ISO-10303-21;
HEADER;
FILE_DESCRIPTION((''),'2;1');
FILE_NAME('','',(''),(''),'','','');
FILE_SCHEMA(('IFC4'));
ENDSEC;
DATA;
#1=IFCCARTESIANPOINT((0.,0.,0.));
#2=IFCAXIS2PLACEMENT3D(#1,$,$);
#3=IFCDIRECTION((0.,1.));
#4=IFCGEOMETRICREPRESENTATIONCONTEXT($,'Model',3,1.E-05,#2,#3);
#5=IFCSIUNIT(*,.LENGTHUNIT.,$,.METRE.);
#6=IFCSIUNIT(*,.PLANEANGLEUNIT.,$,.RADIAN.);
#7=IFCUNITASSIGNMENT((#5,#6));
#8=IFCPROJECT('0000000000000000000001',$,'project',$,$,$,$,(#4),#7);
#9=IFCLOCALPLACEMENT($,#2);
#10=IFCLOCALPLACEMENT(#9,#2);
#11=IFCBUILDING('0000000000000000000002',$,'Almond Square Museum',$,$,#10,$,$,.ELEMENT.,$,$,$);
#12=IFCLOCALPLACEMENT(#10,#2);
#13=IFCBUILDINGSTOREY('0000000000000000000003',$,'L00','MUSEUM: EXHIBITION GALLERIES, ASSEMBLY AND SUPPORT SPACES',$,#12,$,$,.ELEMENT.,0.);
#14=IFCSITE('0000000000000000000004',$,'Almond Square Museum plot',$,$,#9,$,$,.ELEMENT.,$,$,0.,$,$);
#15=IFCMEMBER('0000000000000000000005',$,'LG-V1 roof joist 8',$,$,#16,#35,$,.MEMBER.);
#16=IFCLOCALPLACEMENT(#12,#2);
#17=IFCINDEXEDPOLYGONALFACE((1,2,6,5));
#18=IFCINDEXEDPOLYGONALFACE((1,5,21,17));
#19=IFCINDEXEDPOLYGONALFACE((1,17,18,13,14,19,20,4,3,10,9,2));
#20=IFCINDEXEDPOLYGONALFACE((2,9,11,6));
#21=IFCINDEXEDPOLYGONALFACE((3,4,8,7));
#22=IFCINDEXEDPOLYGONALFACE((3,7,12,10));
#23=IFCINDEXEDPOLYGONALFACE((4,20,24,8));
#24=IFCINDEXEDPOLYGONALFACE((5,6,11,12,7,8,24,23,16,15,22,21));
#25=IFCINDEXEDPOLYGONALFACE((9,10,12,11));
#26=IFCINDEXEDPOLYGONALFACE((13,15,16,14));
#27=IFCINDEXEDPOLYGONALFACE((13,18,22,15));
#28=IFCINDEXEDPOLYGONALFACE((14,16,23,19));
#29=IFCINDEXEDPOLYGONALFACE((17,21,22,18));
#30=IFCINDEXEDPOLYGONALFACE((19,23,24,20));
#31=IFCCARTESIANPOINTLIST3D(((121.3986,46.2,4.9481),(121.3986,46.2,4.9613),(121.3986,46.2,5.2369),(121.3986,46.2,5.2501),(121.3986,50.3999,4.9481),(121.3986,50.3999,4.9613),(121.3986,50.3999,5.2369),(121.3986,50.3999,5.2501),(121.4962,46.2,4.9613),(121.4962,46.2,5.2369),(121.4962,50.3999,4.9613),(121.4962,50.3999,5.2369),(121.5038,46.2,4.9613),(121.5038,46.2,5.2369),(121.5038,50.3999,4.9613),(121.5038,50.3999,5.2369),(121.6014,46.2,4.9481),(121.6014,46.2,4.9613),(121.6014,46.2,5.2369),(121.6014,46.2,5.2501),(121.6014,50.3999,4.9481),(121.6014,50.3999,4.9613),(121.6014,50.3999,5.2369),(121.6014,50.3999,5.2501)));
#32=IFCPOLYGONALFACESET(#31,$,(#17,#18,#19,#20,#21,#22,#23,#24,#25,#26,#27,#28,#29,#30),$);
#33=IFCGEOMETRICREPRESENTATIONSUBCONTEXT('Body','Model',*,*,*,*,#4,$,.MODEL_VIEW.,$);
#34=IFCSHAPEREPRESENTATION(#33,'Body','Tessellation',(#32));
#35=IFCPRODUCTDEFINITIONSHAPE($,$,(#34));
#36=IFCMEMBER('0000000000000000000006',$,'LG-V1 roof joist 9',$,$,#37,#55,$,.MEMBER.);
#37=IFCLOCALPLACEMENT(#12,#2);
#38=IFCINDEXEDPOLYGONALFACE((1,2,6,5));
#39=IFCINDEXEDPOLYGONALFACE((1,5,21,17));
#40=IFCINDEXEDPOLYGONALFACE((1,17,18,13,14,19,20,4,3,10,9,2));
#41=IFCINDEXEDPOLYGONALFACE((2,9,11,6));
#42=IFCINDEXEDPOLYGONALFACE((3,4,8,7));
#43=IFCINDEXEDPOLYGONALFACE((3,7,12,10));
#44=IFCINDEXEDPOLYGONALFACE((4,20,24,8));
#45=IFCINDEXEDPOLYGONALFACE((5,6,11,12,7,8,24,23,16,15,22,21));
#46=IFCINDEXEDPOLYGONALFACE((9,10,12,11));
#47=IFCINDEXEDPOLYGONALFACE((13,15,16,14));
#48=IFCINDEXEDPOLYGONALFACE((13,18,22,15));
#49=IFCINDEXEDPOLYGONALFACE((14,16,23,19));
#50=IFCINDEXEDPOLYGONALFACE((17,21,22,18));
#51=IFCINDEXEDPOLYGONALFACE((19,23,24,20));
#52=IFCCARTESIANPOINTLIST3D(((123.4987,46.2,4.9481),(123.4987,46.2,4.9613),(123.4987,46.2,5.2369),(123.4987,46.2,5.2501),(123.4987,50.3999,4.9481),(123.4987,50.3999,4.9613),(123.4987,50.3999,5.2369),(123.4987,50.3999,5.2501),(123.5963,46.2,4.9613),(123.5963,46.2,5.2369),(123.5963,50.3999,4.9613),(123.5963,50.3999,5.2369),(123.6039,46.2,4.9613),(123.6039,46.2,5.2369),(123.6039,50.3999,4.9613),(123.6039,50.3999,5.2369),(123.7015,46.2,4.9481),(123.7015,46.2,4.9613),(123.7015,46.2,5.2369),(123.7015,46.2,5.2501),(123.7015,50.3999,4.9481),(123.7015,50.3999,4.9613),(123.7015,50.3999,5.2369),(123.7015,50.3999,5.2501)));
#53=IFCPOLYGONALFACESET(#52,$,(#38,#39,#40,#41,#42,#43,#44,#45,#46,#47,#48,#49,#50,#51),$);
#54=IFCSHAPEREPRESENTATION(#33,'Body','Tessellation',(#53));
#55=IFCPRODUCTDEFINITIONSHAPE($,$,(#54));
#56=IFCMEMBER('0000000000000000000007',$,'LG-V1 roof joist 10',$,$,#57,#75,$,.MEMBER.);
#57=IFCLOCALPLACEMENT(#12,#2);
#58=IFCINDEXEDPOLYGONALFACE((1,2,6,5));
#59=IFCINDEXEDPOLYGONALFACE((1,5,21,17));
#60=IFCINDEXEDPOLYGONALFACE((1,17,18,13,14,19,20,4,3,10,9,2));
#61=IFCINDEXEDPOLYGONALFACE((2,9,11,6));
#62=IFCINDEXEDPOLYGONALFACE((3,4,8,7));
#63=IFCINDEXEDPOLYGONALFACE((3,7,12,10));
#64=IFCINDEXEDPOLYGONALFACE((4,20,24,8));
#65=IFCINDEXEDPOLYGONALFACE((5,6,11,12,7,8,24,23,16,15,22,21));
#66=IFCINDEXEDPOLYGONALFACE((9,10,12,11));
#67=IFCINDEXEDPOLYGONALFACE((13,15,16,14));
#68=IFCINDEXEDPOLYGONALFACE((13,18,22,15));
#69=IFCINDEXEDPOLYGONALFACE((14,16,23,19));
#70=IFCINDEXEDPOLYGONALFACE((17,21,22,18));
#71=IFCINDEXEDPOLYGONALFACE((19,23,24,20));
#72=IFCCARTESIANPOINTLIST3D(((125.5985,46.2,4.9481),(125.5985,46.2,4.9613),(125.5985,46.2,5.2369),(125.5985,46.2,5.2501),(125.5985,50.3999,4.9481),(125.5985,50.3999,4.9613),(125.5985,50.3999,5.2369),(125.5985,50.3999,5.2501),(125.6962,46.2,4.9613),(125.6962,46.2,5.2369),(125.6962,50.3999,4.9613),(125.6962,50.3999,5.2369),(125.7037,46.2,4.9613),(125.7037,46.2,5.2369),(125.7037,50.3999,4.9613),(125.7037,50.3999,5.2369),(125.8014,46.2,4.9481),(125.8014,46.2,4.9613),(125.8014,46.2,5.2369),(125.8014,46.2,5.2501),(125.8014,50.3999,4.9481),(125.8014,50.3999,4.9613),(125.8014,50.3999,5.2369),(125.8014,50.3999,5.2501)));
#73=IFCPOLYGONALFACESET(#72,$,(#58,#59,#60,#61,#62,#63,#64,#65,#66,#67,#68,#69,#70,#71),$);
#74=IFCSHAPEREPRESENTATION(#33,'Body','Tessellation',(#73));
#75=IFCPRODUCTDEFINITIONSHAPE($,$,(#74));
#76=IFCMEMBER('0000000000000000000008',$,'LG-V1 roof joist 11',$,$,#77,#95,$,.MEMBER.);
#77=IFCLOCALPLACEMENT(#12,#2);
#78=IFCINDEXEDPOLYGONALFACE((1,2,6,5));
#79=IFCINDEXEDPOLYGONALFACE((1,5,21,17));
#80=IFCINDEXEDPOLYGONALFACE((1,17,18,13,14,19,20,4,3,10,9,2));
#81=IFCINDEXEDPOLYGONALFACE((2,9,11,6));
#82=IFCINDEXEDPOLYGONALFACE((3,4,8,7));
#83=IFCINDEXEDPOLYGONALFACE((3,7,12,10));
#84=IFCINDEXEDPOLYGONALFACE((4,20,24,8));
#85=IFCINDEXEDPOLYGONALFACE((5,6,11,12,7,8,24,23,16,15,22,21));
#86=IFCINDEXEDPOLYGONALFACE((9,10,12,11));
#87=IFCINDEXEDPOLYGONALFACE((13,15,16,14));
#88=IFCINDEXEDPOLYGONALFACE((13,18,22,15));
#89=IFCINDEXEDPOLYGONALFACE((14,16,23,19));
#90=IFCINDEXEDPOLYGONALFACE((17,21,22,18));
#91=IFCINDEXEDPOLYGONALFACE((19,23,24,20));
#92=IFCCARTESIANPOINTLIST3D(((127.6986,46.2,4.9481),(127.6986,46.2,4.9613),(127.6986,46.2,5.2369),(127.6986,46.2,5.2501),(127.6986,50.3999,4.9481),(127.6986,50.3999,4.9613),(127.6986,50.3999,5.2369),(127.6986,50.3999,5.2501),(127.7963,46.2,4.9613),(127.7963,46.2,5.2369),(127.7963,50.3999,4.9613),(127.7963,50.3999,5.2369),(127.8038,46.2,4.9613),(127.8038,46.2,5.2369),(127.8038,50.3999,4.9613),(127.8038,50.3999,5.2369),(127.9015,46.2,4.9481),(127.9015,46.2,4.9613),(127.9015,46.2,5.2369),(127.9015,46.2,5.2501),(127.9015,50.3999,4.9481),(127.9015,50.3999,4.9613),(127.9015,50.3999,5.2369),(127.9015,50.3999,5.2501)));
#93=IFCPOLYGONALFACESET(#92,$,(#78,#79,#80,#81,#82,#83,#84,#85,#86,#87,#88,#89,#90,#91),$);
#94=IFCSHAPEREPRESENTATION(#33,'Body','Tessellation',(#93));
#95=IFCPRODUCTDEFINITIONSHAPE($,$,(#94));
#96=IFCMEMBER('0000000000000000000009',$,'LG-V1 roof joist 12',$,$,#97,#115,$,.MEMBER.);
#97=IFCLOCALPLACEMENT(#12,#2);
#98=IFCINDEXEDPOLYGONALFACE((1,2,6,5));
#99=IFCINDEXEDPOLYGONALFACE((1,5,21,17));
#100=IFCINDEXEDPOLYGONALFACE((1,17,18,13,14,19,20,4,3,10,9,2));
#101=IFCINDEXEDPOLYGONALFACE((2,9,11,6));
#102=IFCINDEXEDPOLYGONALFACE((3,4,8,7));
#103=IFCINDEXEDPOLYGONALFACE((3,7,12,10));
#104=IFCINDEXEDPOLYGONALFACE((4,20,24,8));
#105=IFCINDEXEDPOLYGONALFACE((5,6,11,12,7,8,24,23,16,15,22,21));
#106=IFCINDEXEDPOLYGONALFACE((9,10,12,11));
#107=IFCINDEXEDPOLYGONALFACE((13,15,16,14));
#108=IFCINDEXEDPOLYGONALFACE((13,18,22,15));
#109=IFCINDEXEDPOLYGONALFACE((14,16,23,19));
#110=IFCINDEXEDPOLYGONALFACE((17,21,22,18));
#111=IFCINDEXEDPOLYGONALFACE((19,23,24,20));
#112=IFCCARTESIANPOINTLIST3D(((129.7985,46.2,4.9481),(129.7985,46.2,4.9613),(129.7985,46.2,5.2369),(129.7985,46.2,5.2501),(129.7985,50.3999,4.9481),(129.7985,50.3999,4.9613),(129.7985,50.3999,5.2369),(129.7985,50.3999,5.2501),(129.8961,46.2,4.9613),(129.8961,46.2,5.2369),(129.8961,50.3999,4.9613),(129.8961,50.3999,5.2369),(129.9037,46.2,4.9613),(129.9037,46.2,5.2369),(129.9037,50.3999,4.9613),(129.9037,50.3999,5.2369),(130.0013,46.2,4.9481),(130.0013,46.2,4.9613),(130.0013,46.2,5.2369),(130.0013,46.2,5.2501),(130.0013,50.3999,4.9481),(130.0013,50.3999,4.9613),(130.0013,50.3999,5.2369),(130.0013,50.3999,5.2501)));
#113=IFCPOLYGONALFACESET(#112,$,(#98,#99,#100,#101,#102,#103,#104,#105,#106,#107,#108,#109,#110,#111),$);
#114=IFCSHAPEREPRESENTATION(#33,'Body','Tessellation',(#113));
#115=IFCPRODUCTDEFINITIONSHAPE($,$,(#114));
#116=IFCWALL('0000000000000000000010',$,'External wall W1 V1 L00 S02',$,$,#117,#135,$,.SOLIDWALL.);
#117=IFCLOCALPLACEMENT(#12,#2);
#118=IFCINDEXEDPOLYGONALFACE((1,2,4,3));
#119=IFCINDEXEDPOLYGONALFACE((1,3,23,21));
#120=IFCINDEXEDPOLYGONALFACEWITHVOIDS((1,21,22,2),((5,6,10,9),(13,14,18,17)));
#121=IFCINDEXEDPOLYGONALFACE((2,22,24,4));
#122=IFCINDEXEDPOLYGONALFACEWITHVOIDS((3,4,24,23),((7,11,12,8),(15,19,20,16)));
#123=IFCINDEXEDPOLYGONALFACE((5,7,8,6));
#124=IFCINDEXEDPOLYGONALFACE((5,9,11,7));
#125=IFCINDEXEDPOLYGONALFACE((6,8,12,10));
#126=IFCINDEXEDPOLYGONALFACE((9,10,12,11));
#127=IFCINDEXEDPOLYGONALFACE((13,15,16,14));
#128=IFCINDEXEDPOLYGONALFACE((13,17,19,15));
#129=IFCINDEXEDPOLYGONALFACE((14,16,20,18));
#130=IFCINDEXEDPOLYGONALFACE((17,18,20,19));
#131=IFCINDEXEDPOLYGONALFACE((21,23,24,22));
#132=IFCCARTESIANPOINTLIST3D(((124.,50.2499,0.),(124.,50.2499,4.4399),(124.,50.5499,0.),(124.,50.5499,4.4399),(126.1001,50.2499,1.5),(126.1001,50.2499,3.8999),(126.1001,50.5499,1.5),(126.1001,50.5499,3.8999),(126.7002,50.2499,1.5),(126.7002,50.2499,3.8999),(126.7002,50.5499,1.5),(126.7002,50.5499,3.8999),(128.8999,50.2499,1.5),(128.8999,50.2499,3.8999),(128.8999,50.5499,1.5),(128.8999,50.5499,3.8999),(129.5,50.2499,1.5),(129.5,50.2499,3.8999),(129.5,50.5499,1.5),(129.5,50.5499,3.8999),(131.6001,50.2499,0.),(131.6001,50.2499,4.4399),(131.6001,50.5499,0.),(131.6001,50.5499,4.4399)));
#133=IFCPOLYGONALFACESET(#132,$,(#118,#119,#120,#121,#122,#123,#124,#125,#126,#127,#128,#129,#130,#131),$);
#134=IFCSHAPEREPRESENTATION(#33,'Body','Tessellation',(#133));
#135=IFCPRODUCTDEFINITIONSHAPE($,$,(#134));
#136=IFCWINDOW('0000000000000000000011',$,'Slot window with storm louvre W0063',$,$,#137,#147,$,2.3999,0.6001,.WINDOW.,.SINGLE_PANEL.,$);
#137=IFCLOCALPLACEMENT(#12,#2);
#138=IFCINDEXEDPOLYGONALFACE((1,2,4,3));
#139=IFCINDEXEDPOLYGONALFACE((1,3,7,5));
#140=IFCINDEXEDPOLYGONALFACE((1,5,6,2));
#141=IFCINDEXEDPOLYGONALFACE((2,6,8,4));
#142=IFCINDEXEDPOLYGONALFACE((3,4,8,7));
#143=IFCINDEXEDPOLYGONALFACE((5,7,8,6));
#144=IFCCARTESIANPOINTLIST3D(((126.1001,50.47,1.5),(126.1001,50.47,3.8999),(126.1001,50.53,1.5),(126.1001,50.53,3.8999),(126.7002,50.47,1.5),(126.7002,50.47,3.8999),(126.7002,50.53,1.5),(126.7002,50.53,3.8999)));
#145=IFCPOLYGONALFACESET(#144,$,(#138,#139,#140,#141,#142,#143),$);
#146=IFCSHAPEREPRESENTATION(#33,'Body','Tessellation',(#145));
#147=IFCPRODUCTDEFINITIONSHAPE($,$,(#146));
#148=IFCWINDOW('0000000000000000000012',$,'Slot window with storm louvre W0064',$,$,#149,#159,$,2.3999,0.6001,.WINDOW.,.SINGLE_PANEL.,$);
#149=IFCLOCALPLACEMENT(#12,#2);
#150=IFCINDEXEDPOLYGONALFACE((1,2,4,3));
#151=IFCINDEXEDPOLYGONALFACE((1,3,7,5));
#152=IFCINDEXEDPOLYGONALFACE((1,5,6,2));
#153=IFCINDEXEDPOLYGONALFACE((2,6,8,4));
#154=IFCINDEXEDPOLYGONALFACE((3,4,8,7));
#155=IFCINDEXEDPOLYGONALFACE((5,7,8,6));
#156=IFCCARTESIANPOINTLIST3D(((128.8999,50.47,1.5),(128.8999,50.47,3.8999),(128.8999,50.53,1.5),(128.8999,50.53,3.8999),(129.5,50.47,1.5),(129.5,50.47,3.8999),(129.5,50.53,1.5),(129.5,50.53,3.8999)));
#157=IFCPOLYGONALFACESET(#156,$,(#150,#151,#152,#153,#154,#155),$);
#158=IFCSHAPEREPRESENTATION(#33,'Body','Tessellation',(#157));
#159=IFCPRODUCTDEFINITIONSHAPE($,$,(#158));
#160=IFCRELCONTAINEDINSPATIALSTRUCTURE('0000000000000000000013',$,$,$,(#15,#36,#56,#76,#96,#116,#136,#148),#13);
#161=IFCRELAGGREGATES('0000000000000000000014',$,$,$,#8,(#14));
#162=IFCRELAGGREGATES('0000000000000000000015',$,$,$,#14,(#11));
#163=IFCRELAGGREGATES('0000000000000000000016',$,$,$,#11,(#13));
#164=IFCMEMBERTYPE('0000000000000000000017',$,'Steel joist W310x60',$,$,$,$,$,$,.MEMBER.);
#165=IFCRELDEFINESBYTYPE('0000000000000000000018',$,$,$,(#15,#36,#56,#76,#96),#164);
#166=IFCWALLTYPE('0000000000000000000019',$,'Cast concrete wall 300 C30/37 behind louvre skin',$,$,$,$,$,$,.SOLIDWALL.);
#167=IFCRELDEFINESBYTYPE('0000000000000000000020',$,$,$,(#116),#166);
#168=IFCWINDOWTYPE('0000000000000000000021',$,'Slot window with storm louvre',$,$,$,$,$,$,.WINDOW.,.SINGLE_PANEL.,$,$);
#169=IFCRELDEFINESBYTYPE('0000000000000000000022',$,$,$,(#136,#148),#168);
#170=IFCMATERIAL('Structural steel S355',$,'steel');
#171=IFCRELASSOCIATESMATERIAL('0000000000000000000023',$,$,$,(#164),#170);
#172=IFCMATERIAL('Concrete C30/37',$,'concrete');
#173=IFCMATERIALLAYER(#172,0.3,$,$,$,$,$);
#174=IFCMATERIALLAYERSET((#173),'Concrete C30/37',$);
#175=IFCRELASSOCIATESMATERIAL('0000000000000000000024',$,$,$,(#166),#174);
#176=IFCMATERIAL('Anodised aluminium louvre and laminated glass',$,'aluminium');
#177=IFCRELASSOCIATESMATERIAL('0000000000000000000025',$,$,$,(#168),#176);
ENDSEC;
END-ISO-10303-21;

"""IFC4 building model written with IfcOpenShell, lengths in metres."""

from ifc_helpers import new_model, si_unit, direction, frame, frame_2d, origin, origin_2d, place, context, subcontext, project, spatial, rectangle, i_section, extrude, material, layer, layer_set, material_profile, profile_set, type_object, element, fill, save


model = new_model("IFC4")

# Units and contexts
model_context = context("Model", 3, precision=1e-05, world=origin(), true_north=direction((0.0, 1.0)))
body_context = subcontext(model_context, "Body", "Model", "MODEL_VIEW")
ifc_project = project(units=[si_unit("LENGTHUNIT", "METRE"), si_unit("PLANEANGLEUNIT", "RADIAN")], contexts=[model_context])

# Site, building, storey
site_placement = place(None, origin())
site = spatial("IfcSite", under=ifc_project, at=site_placement, Name="Almond Square Museum plot", CompositionType="ELEMENT", RefElevation=0.0)
building_placement = place(site_placement, origin())
building = spatial("IfcBuilding", under=site, at=building_placement, Name="Almond Square Museum", CompositionType="ELEMENT")
storey_placement = place(building_placement, origin())
storey = spatial("IfcBuildingStorey", under=building, at=storey_placement, Name="L00", Description="MUSEUM: EXHIBITION GALLERIES, ASSEMBLY AND SUPPORT SPACES", CompositionType="ELEMENT", Elevation=0.0)

# Members
ifc_material_1 = material(Name="Structural steel S355", Category="steel")
ifc_material_profile_1 = material_profile(ifc_material_1, i_section(OverallWidth=0.2029, OverallDepth=0.302, WebThickness=0.0076, FlangeThickness=0.0132, at=origin_2d()))
ifc_profile_set_1 = profile_set([ifc_material_profile_1], Name="Structural steel S355")
member_type = type_object("IfcMemberType", Name="Steel joist W310x60", PredefinedType="MEMBER", material=ifc_profile_set_1)
for number, where, z_axis, x_axis, name in (
    (1, (121.5, 50.3999, 5.0991), (0.0, -1.0, 0.0), (1.0, 0.0, 0.0), "LG-V1 roof joist 8"),
    (2, (123.6001, 50.3999, 5.0991), (0.0, -1.0, 0.0), (1.0, 0.0, 0.0), "LG-V1 roof joist 9"),
    (3, (125.7, 50.3999, 5.0991), (0.0, -1.0, 0.0), (1.0, 0.0, 0.0), "LG-V1 roof joist 10"),
    (4, (127.8, 50.3999, 5.0991), (0.0, -1.0, 0.0), (1.0, 0.0, 0.0), "LG-V1 roof joist 11"),
    (5, (129.8999, 50.3999, 5.0991), (0.0, -1.0, 0.0), (1.0, 0.0, 0.0), "LG-V1 roof joist 12"),
):
    element("IfcMember", number, at=place(storey_placement, frame(where, z_axis=z_axis, x_axis=x_axis)), inside=storey, type_object=member_type, Name=name, PredefinedType="MEMBER", context=body_context, shape_type="SweptSolid", body=[
        extrude(i_section(OverallWidth=0.2029, OverallDepth=0.302, WebThickness=0.0076, FlangeThickness=0.0132, at=origin_2d()), origin(), (0.0, 0.0, 1.0), 4.2),
    ])

# Wall, openings, windows
ifc_material_2 = material(Name="Concrete C30/37", Category="concrete")
ifc_layer = layer(ifc_material_2, 0.3)
ifc_layer_set = layer_set([ifc_layer], Name="Concrete C30/37")
wall_type = type_object("IfcWallType", Name="Cast concrete wall 300 C30/37 behind louvre skin", PredefinedType="SOLIDWALL", material=ifc_layer_set)
wall_placement = place(storey_placement, frame((124.0, 50.3999, 0.0), z_axis=(0.0, 0.0, 1.0), x_axis=(1.0, 0.0, 0.0)))
wall = element("IfcWall", 6, at=wall_placement, inside=storey, type_object=wall_type, Name="External wall W1 V1 L00 S02", PredefinedType="SOLIDWALL", context=body_context, shape_type="SweptSolid", body=[
    extrude(rectangle(XDim=7.6001, YDim=0.3, at=frame_2d((3.8, 0.0))), origin(), (0.0, 0.0, 1.0), 4.4399),
])
opening_1_placement = place(wall_placement, frame((2.1001, 0.0, 1.5)))
opening_1 = element("IfcOpeningElement", 7, at=opening_1_placement, cuts=wall, PredefinedType="OPENING", context=body_context, shape_type="SweptSolid", body=[
    extrude(rectangle(XDim=0.6001, YDim=2.3999, at=frame_2d((0.3, 1.2))), frame((0.0, 0.1599, 0.0), z_axis=(0.0, -1.0, 0.0), x_axis=(1.0, 0.0, 0.0)), (0.0, 0.0, 1.0), 0.3201),
])
opening_2_placement = place(wall_placement, frame((4.8999, 0.0, 1.5)))
opening_2 = element("IfcOpeningElement", 8, at=opening_2_placement, cuts=wall, PredefinedType="OPENING", context=body_context, shape_type="SweptSolid", body=[
    extrude(rectangle(XDim=0.6001, YDim=2.3999, at=frame_2d((0.3, 1.2))), frame((0.0, 0.1599, 0.0), z_axis=(0.0, -1.0, 0.0), x_axis=(1.0, 0.0, 0.0)), (0.0, 0.0, 1.0), 0.3201),
])
ifc_material_3 = material(Name="Anodised aluminium louvre and laminated glass", Category="aluminium")
window_type = type_object("IfcWindowType", Name="Slot window with storm louvre", PartitioningType="SINGLE_PANEL", PredefinedType="WINDOW", material=ifc_material_3)
window_1_placement = place(opening_1_placement, origin())
window_1 = element("IfcWindow", 9, at=window_1_placement, inside=storey, type_object=window_type, Name="Slot window with storm louvre W0063", OverallHeight=2.3999, OverallWidth=0.6001, PartitioningType="SINGLE_PANEL", PredefinedType="WINDOW", context=body_context, shape_type="SweptSolid", body=[
    extrude(rectangle(XDim=0.6001, YDim=2.3999, at=frame_2d((0.3, 1.2))), frame((0.0, 0.1301, 0.0), z_axis=(0.0, -1.0, 0.0), x_axis=(1.0, 0.0, 0.0)), (0.0, 0.0, 1.0), 0.0601),
])
fill(opening_1, window_1)
window_2_placement = place(opening_2_placement, origin())
window_2 = element("IfcWindow", 10, at=window_2_placement, inside=storey, type_object=window_type, Name="Slot window with storm louvre W0064", OverallHeight=2.3999, OverallWidth=0.6001, PartitioningType="SINGLE_PANEL", PredefinedType="WINDOW", context=body_context, shape_type="SweptSolid", body=[
    extrude(rectangle(XDim=0.6001, YDim=2.3999, at=frame_2d((0.3, 1.2))), frame((0.0, 0.1301, 0.0), z_axis=(0.0, -1.0, 0.0), x_axis=(1.0, 0.0, 0.0)), (0.0, 0.0, 1.0), 0.0601),
])
fill(opening_2, window_2)

save(model, "model.ifc")
